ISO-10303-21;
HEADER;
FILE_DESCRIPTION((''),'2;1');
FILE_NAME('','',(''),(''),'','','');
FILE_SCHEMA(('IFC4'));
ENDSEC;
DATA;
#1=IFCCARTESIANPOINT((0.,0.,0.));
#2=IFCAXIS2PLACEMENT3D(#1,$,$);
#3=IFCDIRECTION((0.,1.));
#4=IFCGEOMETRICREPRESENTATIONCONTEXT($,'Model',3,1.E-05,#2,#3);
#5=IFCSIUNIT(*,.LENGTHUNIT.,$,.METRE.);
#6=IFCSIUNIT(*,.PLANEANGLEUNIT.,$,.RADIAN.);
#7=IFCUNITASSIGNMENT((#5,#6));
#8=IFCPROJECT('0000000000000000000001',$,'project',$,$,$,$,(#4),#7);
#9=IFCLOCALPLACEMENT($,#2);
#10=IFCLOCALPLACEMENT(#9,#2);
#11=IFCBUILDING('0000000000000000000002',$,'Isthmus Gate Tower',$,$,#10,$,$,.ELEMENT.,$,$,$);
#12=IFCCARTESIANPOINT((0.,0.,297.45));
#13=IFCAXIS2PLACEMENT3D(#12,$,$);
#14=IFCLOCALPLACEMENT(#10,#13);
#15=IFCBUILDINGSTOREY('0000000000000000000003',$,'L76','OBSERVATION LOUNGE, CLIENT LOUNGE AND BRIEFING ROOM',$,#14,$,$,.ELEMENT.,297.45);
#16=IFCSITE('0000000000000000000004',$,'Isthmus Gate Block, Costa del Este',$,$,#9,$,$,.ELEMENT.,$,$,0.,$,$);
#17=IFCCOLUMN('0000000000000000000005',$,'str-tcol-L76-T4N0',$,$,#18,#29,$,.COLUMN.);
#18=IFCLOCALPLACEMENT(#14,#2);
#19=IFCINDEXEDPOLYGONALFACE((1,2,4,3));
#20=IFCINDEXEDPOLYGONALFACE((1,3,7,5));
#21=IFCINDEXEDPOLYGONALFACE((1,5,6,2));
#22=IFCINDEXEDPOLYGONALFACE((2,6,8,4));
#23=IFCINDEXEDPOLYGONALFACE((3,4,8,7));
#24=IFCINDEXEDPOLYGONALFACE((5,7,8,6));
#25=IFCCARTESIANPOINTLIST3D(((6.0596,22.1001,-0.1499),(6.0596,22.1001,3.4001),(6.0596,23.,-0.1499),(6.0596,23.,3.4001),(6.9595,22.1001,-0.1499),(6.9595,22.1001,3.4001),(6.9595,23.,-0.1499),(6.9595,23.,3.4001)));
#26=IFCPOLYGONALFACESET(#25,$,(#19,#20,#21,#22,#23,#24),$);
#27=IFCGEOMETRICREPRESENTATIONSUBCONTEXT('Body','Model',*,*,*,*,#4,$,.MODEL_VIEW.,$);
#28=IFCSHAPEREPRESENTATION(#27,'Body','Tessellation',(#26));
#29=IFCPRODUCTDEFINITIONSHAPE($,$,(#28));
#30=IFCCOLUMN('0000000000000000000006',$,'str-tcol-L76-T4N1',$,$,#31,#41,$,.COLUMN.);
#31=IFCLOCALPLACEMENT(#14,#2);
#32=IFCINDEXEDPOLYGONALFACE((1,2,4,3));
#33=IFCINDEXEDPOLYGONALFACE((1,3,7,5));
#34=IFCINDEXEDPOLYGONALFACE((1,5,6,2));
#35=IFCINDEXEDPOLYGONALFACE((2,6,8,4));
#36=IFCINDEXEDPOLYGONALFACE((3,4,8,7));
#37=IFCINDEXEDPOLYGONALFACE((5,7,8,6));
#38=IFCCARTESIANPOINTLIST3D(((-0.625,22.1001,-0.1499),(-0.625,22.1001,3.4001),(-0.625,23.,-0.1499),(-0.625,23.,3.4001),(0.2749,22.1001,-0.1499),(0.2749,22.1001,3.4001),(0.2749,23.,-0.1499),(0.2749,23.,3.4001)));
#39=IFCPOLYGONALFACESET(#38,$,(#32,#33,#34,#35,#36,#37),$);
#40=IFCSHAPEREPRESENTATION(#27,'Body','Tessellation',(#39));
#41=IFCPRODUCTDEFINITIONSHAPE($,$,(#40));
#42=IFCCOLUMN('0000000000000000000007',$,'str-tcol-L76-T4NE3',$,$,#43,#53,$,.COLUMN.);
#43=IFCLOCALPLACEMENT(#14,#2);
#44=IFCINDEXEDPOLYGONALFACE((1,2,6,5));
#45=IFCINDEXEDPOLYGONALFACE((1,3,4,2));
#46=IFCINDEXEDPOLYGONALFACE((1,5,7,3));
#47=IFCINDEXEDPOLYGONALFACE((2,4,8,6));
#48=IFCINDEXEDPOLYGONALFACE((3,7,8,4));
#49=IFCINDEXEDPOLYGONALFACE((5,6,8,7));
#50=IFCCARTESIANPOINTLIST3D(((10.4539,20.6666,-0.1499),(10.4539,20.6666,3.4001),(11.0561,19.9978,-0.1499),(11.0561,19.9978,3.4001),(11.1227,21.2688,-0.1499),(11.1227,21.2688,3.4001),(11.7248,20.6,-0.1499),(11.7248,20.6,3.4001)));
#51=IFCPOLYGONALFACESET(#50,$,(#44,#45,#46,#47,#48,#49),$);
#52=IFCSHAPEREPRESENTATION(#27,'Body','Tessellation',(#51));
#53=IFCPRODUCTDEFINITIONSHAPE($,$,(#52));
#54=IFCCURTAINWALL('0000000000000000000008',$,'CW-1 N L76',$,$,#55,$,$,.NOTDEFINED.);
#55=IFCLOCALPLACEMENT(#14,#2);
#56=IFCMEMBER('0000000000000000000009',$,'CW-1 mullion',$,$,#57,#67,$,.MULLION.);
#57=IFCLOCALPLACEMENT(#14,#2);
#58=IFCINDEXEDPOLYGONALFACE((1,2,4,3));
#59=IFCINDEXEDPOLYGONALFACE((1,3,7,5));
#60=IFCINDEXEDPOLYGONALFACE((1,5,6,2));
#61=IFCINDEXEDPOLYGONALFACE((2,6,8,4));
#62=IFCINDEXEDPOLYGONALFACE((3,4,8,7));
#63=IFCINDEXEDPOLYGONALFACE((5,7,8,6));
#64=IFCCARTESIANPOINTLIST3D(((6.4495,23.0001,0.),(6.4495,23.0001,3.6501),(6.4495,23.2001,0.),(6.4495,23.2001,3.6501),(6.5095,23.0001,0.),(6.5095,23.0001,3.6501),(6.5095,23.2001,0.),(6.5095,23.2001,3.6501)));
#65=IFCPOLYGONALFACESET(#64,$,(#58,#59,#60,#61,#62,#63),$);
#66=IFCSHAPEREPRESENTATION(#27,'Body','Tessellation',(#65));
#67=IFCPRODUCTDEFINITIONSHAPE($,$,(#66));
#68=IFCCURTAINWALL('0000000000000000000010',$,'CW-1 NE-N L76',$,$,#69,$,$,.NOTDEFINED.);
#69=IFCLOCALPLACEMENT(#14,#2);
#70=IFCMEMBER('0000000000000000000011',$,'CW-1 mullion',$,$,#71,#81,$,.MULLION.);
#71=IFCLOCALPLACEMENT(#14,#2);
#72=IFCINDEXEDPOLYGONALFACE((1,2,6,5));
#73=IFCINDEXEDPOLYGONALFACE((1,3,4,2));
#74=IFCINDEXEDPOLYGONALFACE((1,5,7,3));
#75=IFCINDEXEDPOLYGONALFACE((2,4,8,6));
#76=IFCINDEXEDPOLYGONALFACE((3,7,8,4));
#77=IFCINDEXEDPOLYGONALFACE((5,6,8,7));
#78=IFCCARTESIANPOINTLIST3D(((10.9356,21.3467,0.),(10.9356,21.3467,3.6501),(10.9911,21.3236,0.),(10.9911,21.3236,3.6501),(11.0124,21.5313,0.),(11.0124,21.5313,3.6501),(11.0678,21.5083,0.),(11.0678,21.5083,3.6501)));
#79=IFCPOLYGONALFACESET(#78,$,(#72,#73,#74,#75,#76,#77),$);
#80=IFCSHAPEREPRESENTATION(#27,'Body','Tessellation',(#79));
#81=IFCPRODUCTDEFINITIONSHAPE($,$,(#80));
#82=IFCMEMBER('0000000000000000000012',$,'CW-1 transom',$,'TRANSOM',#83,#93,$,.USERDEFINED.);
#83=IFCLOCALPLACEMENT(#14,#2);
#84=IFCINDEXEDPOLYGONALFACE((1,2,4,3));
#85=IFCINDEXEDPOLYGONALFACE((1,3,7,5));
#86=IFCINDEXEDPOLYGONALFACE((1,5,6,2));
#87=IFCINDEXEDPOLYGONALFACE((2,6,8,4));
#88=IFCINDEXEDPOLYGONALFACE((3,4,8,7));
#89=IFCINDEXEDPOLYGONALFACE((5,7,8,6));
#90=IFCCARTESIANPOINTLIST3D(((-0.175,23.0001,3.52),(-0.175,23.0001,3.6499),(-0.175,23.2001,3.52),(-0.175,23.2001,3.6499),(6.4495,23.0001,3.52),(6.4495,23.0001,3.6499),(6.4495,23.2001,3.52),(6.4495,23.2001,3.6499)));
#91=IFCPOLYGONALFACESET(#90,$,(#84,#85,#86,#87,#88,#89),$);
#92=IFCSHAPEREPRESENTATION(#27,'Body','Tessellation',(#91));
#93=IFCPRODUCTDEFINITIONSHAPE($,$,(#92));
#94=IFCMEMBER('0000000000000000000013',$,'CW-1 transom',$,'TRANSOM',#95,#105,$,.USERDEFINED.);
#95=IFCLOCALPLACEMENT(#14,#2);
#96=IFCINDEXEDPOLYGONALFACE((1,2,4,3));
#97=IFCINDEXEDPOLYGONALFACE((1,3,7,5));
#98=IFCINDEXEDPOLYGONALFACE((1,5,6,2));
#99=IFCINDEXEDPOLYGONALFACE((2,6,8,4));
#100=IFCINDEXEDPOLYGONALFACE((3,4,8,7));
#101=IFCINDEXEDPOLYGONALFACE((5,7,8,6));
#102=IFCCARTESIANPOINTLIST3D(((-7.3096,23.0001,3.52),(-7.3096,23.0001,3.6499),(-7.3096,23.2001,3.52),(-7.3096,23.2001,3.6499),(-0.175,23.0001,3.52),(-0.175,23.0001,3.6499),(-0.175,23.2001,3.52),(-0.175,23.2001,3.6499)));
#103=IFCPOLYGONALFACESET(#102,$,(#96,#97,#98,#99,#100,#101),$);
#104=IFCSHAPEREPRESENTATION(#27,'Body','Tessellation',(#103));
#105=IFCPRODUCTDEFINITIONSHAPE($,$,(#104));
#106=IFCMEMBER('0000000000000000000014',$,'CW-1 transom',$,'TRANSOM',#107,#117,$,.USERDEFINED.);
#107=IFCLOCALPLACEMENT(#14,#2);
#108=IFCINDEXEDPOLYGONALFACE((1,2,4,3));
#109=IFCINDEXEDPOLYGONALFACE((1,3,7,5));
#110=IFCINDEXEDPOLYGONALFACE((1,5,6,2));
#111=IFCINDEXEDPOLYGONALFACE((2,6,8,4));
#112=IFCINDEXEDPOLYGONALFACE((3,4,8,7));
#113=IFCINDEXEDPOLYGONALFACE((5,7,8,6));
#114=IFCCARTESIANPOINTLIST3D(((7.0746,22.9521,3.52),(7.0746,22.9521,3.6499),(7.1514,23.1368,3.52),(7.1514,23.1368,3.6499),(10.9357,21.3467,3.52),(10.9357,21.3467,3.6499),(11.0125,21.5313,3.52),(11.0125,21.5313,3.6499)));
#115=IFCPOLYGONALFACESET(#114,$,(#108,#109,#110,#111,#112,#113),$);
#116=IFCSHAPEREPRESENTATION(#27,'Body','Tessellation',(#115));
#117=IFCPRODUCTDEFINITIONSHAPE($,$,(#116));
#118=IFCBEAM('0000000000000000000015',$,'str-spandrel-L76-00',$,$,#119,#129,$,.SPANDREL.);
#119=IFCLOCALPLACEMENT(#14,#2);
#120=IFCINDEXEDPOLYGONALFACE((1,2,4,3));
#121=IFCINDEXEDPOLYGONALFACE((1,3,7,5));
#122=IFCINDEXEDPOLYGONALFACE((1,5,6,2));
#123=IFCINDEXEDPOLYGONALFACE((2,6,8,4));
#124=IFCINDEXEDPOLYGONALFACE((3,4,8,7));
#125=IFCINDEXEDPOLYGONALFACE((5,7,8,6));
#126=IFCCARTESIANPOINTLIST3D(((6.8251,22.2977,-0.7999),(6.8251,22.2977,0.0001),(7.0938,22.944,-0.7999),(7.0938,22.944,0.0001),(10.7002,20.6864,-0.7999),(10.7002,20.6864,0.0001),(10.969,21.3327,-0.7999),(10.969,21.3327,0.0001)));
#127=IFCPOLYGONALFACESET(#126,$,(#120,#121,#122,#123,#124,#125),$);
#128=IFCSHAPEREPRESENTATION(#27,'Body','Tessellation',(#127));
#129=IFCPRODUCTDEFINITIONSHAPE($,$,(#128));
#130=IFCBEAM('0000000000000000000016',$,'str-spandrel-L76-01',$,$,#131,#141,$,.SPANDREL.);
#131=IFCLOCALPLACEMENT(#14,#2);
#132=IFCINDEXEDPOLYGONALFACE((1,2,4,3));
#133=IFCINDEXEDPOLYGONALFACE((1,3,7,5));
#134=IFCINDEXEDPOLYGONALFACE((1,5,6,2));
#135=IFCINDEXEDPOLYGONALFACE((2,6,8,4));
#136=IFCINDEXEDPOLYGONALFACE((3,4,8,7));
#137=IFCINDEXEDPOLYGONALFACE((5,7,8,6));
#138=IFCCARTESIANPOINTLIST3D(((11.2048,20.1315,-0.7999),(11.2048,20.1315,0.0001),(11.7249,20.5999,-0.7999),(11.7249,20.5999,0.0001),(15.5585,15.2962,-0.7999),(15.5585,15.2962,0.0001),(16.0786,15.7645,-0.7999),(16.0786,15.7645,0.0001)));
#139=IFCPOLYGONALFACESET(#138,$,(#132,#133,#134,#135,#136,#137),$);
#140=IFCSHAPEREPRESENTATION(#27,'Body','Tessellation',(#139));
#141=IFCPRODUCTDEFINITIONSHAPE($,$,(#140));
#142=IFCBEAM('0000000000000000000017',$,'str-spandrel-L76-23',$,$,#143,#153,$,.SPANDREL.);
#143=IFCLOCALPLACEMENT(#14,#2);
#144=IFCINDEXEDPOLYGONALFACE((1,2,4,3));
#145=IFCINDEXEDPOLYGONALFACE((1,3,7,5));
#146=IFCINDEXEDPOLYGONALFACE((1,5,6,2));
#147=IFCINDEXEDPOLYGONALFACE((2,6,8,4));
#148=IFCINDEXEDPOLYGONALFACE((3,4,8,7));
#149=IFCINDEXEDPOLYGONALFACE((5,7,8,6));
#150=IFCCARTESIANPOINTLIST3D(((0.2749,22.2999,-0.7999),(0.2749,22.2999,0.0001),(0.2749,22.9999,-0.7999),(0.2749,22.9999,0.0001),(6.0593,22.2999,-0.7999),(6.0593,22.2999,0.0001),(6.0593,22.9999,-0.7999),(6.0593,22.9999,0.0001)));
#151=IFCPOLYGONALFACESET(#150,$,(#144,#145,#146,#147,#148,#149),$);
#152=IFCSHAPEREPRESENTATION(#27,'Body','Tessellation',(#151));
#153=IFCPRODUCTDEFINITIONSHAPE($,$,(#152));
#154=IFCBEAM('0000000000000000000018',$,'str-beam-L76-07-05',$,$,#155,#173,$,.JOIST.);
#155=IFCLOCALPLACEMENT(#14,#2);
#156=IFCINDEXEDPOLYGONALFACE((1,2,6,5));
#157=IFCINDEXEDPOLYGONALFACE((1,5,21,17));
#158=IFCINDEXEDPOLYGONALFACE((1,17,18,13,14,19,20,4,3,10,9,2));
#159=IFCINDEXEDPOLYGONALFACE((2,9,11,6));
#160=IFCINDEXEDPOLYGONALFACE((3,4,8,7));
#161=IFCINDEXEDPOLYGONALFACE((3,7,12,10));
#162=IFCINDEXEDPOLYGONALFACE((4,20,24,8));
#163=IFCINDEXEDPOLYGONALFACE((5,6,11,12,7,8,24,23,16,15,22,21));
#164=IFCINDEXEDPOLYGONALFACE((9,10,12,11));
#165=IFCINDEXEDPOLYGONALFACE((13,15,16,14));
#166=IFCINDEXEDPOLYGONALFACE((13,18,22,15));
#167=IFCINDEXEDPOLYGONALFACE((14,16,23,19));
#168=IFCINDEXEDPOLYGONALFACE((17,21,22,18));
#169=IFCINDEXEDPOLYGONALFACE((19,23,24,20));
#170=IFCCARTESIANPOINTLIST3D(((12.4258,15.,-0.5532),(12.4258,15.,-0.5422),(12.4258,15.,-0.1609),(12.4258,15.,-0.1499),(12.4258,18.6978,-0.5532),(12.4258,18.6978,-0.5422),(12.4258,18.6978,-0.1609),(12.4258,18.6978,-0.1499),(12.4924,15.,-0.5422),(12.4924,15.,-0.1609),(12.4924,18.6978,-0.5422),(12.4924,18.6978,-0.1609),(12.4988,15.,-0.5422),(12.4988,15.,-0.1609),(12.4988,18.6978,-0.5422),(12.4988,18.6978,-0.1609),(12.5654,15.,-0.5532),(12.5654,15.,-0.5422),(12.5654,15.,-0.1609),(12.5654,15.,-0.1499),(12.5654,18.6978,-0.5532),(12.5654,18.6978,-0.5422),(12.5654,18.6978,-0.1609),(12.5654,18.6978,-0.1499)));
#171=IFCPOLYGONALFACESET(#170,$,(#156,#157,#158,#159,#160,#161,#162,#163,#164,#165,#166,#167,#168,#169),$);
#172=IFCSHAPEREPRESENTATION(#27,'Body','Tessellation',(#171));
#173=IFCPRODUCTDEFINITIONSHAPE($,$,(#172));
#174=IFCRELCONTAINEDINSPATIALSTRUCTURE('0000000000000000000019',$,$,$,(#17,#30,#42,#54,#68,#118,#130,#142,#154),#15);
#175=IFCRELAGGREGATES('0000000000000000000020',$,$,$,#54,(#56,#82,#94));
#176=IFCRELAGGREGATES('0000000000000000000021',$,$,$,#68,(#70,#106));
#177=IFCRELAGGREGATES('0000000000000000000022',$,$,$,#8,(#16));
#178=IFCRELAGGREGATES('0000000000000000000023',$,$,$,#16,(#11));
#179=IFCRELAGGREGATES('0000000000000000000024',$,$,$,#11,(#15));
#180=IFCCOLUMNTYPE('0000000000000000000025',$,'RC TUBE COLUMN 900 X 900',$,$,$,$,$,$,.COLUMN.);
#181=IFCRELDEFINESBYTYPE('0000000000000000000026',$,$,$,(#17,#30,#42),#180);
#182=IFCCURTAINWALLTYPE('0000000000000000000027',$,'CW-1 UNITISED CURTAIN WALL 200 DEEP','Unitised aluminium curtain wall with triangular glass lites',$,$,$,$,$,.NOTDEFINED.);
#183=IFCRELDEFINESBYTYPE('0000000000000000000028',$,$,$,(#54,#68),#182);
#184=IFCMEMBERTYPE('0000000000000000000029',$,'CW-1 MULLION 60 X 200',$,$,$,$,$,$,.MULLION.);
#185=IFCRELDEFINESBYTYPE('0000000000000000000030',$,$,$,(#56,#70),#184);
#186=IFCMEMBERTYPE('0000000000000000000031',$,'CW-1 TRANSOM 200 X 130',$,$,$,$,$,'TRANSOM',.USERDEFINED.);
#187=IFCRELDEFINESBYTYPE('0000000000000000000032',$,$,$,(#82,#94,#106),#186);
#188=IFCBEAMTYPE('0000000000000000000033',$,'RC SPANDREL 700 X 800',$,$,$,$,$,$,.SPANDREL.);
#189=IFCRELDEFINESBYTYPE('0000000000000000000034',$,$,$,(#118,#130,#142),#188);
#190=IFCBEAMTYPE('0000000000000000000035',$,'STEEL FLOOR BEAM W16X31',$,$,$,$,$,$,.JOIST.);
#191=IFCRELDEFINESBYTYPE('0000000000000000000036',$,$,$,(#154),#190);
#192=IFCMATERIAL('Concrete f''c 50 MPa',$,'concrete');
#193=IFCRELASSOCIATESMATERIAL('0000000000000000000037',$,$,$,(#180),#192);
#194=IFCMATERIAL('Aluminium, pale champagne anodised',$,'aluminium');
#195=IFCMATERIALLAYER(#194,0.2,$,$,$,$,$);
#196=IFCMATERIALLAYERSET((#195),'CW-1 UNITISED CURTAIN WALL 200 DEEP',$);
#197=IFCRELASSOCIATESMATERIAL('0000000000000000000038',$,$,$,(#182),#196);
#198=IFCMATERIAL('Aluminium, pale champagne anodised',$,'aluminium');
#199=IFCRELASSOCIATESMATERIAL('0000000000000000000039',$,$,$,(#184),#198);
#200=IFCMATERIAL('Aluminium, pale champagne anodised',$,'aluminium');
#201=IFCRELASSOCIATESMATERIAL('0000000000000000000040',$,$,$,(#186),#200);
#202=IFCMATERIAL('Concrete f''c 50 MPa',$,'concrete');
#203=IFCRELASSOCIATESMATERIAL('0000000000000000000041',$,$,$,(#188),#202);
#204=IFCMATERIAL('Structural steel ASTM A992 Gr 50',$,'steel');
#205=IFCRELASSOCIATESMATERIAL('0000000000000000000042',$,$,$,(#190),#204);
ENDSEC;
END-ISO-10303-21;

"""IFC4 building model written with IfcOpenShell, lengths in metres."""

from ifc_helpers import new_model, si_unit, direction, frame, origin, origin_2d, place, context, subcontext, project, spatial, rectangle, i_section, extrude, material, layer, layer_set, material_profile, profile_set, type_object, element, aggregate, save


model = new_model("IFC4")

# Units and contexts
model_context = context("Model", 3, precision=1e-05, world=origin(), true_north=direction((0.0, 1.0)))
body_context = subcontext(model_context, "Body", "Model", "MODEL_VIEW")
ifc_project = project(units=[si_unit("LENGTHUNIT", "METRE"), si_unit("PLANEANGLEUNIT", "RADIAN")], contexts=[model_context])

# Site, building, storey
site_placement = place(None, origin())
site = spatial("IfcSite", under=ifc_project, at=site_placement, Name="Isthmus Gate Block, Costa del Este", CompositionType="ELEMENT", RefElevation=0.0)
building_placement = place(site_placement, origin())
building = spatial("IfcBuilding", under=site, at=building_placement, Name="Isthmus Gate Tower", CompositionType="ELEMENT")
storey_placement = place(building_placement, frame((0.0, 0.0, 297.45)))
storey = spatial("IfcBuildingStorey", under=building, at=storey_placement, Name="L76", Description="OBSERVATION LOUNGE, CLIENT LOUNGE AND BRIEFING ROOM", CompositionType="ELEMENT", Elevation=297.45)

# Columns
ifc_material_1 = material(Name="Concrete f'c 50 MPa", Category="concrete")
ifc_material_profile_1 = material_profile(ifc_material_1, rectangle(XDim=0.8999, YDim=0.8999, at=origin_2d()), Name="RC 900X900")
ifc_profile_set_1 = profile_set([ifc_material_profile_1], Name="Concrete f'c 50 MPa")
column_type = type_object("IfcColumnType", Name="RC TUBE COLUMN 900 X 900", PredefinedType="COLUMN", material=ifc_profile_set_1)
for number, where, z_axis, x_axis, name in (
    (1, (6.5095, 22.55, -0.1499), (0.0, 0.0, 1.0), (-1.0, 0.0, 0.0), "str-tcol-L76-T4N0"),
    (2, (-0.175, 22.55, -0.1499), (0.0, 0.0, 1.0), (-1.0, 0.0, 0.0), "str-tcol-L76-T4N1"),
    (3, (11.0894, 20.6333, -0.1499), (0.0, 0.0, 1.0), (-0.669131, 0.743145, 0.0), "str-tcol-L76-T4NE3"),
):
    element("IfcColumn", number, at=place(storey_placement, frame(where, z_axis=z_axis, x_axis=x_axis)), inside=storey, type_object=column_type, Name=name, PredefinedType="COLUMN", context=body_context, shape_type="SweptSolid", body=[
        extrude(rectangle(XDim=0.8999, YDim=0.8999, at=origin_2d()), origin(), (0.0, 0.0, 1.0), 3.55),
    ])

# Curtain walls, members
ifc_material_2 = material(Name="Aluminium, pale champagne anodised", Category="aluminium")
ifc_layer_1 = layer(ifc_material_2, 0.2)
ifc_layer_set_1 = layer_set([ifc_layer_1], Name="CW-1 UNITISED CURTAIN WALL 200 DEEP")
curtain_wall_type = type_object("IfcCurtainWallType", Name="CW-1 UNITISED CURTAIN WALL 200 DEEP", Description="Unitised aluminium curtain wall with triangular glass lites", PredefinedType="NOTDEFINED", material=ifc_layer_set_1)
curtain_wall_1_placement = place(storey_placement, origin())
curtain_wall_1 = element("IfcCurtainWall", 4, at=curtain_wall_1_placement, inside=storey, type_object=curtain_wall_type, Name="CW-1 N L76", PredefinedType="NOTDEFINED")
ifc_material_3 = material(Name="Aluminium, pale champagne anodised", Category="aluminium")
ifc_material_profile_2 = material_profile(ifc_material_3, rectangle(XDim=0.0601, YDim=0.2, at=origin_2d()), Name="60x200")
ifc_profile_set_2 = profile_set([ifc_material_profile_2], Name="Aluminium, pale champagne anodised")
member_type_1 = type_object("IfcMemberType", Name="CW-1 MULLION 60 X 200", PredefinedType="MULLION", material=ifc_profile_set_2)
member_1_placement = place(storey_placement, frame((6.4795, 23.1001, 0.0), z_axis=(0.0, 0.0, 1.0), x_axis=(-1.0, 0.0, 0.0)))
member_1 = element("IfcMember", 5, at=member_1_placement, type_object=member_type_1, Name="CW-1 mullion", PredefinedType="MULLION", context=body_context, shape_type="SweptSolid", body=[
    extrude(rectangle(XDim=0.0601, YDim=0.2, at=origin_2d()), origin(), (0.0, 0.0, 1.0), 3.6501),
])
curtain_wall_2_placement = place(storey_placement, origin())
curtain_wall_2 = element("IfcCurtainWall", 6, at=curtain_wall_2_placement, inside=storey, type_object=curtain_wall_type, Name="CW-1 NE-N L76", PredefinedType="NOTDEFINED")
member_2_placement = place(storey_placement, frame((11.0017, 21.4275, 0.0), z_axis=(0.0, 0.0, 1.0), x_axis=(-0.923353, 0.383952, 0.0)))
member_2 = element("IfcMember", 7, at=member_2_placement, type_object=member_type_1, Name="CW-1 mullion", PredefinedType="MULLION", context=body_context, shape_type="SweptSolid", body=[
    extrude(rectangle(XDim=0.0601, YDim=0.2, at=origin_2d()), origin(), (0.0, 0.0, 1.0), 3.6501),
])

# Members
ifc_material_4 = material(Name="Aluminium, pale champagne anodised", Category="aluminium")
ifc_material_profile_3 = material_profile(ifc_material_4, rectangle(XDim=0.2, YDim=0.1299, at=origin_2d()), Name="200x130")
ifc_profile_set_3 = profile_set([ifc_material_profile_3], Name="Aluminium, pale champagne anodised")
member_type_2 = type_object("IfcMemberType", Name="CW-1 TRANSOM 200 X 130", ElementType="TRANSOM", PredefinedType="USERDEFINED", material=ifc_profile_set_3)
member_3_placement = place(storey_placement, frame((6.4495, 23.1001, 3.585), z_axis=(-1.0, 0.0, 0.0), x_axis=(0.0, -1.0, 0.0)))
member_3 = element("IfcMember", 8, at=member_3_placement, type_object=member_type_2, Name="CW-1 transom", ObjectType="TRANSOM", PredefinedType="USERDEFINED", context=body_context, shape_type="SweptSolid", body=[
    extrude(rectangle(XDim=0.2, YDim=0.1299, at=origin_2d()), origin(), (0.0, 0.0, 1.0), 6.6245),
])
member_4_placement = place(storey_placement, frame((-0.175, 23.1001, 3.585), z_axis=(-1.0, 0.0, 0.0), x_axis=(0.0, -1.0, 0.0)))
member_4 = element("IfcMember", 9, at=member_4_placement, type_object=member_type_2, Name="CW-1 transom", ObjectType="TRANSOM", PredefinedType="USERDEFINED", context=body_context, shape_type="SweptSolid", body=[
    extrude(rectangle(XDim=0.2, YDim=0.1299, at=origin_2d()), origin(), (0.0, 0.0, 1.0), 7.1345),
])
member_5_placement = place(storey_placement, frame((10.9741, 21.439, 3.585), z_axis=(-0.923358, 0.38394, 0.0), x_axis=(-0.38394, -0.923358, 0.0)))
member_5 = element("IfcMember", 10, at=member_5_placement, type_object=member_type_2, Name="CW-1 transom", ObjectType="TRANSOM", PredefinedType="USERDEFINED", context=body_context, shape_type="SweptSolid", body=[
    extrude(rectangle(XDim=0.2, YDim=0.1299, at=origin_2d()), origin(), (0.0, 0.0, 1.0), 4.1816),
])

# Beams
ifc_material_5 = material(Name="Concrete f'c 50 MPa", Category="concrete")
ifc_material_profile_4 = material_profile(ifc_material_5, rectangle(XDim=0.7, YDim=0.8, at=origin_2d()), Name="RC 700X800")
ifc_profile_set_4 = profile_set([ifc_material_profile_4], Name="Concrete f'c 50 MPa")
beam_type_1 = type_object("IfcBeamType", Name="RC SPANDREL 700 X 800", PredefinedType="SPANDREL", material=ifc_profile_set_4)
beam_1_placement = place(storey_placement, frame((6.9595, 22.6208, -0.3999), z_axis=(0.923361, -0.383934, 0.0), x_axis=(0.383934, 0.923361, 0.0)))
element("IfcBeam", 11, at=beam_1_placement, inside=storey, type_object=beam_type_1, Name="str-spandrel-L76-00", PredefinedType="SPANDREL", context=body_context, shape_type="SweptSolid", body=[
    extrude(rectangle(XDim=0.7, YDim=0.8, at=origin_2d()), origin(), (0.0, 0.0, 1.0), 4.1968),
])
beam_2_placement = place(storey_placement, frame((11.4648, 20.3657, -0.3999), z_axis=(0.669122, -0.743152, 0.0), x_axis=(0.743152, 0.669122, 0.0)))
element("IfcBeam", 12, at=beam_2_placement, inside=storey, type_object=beam_type_1, Name="str-spandrel-L76-01", PredefinedType="SPANDREL", context=body_context, shape_type="SweptSolid", body=[
    extrude(rectangle(XDim=0.7, YDim=0.8, at=origin_2d()), origin(), (0.0, 0.0, 1.0), 6.5066),
])
beam_3_placement = place(storey_placement, frame((0.2749, 22.6499, -0.3999), z_axis=(1.0, 0.0, 0.0), x_axis=(0.0, 1.0, 0.0)))
element("IfcBeam", 13, at=beam_3_placement, inside=storey, type_object=beam_type_1, Name="str-spandrel-L76-23", PredefinedType="SPANDREL", context=body_context, shape_type="SweptSolid", body=[
    extrude(rectangle(XDim=0.7, YDim=0.8, at=origin_2d()), origin(), (0.0, 0.0, 1.0), 5.7844),
])
ifc_material_6 = material(Name="Structural steel ASTM A992 Gr 50", Category="steel")
ifc_material_profile_5 = material_profile(ifc_material_6, i_section(OverallWidth=0.1396, OverallDepth=0.4033, WebThickness=0.0063, FlangeThickness=0.011, at=origin_2d()), Name="W16X31")
ifc_profile_set_5 = profile_set([ifc_material_profile_5], Name="Structural steel ASTM A992 Gr 50")
beam_type_2 = type_object("IfcBeamType", Name="STEEL FLOOR BEAM W16X31", PredefinedType="JOIST", material=ifc_profile_set_5)
beam_4_placement = place(storey_placement, frame((12.4956, 15.0, -0.3516), z_axis=(0.0, 1.0, 0.0), x_axis=(-1.0, 0.0, 0.0)))
element("IfcBeam", 14, at=beam_4_placement, inside=storey, type_object=beam_type_2, Name="str-beam-L76-07-05", PredefinedType="JOIST", context=body_context, shape_type="SweptSolid", body=[
    extrude(i_section(OverallWidth=0.1396, OverallDepth=0.4033, WebThickness=0.0063, FlangeThickness=0.011, at=origin_2d()), origin(), (0.0, 0.0, 1.0), 3.6978),
])

aggregate(curtain_wall_1, [member_1, member_3, member_4])
aggregate(curtain_wall_2, [member_2, member_5])

save(model, "model.ifc")
